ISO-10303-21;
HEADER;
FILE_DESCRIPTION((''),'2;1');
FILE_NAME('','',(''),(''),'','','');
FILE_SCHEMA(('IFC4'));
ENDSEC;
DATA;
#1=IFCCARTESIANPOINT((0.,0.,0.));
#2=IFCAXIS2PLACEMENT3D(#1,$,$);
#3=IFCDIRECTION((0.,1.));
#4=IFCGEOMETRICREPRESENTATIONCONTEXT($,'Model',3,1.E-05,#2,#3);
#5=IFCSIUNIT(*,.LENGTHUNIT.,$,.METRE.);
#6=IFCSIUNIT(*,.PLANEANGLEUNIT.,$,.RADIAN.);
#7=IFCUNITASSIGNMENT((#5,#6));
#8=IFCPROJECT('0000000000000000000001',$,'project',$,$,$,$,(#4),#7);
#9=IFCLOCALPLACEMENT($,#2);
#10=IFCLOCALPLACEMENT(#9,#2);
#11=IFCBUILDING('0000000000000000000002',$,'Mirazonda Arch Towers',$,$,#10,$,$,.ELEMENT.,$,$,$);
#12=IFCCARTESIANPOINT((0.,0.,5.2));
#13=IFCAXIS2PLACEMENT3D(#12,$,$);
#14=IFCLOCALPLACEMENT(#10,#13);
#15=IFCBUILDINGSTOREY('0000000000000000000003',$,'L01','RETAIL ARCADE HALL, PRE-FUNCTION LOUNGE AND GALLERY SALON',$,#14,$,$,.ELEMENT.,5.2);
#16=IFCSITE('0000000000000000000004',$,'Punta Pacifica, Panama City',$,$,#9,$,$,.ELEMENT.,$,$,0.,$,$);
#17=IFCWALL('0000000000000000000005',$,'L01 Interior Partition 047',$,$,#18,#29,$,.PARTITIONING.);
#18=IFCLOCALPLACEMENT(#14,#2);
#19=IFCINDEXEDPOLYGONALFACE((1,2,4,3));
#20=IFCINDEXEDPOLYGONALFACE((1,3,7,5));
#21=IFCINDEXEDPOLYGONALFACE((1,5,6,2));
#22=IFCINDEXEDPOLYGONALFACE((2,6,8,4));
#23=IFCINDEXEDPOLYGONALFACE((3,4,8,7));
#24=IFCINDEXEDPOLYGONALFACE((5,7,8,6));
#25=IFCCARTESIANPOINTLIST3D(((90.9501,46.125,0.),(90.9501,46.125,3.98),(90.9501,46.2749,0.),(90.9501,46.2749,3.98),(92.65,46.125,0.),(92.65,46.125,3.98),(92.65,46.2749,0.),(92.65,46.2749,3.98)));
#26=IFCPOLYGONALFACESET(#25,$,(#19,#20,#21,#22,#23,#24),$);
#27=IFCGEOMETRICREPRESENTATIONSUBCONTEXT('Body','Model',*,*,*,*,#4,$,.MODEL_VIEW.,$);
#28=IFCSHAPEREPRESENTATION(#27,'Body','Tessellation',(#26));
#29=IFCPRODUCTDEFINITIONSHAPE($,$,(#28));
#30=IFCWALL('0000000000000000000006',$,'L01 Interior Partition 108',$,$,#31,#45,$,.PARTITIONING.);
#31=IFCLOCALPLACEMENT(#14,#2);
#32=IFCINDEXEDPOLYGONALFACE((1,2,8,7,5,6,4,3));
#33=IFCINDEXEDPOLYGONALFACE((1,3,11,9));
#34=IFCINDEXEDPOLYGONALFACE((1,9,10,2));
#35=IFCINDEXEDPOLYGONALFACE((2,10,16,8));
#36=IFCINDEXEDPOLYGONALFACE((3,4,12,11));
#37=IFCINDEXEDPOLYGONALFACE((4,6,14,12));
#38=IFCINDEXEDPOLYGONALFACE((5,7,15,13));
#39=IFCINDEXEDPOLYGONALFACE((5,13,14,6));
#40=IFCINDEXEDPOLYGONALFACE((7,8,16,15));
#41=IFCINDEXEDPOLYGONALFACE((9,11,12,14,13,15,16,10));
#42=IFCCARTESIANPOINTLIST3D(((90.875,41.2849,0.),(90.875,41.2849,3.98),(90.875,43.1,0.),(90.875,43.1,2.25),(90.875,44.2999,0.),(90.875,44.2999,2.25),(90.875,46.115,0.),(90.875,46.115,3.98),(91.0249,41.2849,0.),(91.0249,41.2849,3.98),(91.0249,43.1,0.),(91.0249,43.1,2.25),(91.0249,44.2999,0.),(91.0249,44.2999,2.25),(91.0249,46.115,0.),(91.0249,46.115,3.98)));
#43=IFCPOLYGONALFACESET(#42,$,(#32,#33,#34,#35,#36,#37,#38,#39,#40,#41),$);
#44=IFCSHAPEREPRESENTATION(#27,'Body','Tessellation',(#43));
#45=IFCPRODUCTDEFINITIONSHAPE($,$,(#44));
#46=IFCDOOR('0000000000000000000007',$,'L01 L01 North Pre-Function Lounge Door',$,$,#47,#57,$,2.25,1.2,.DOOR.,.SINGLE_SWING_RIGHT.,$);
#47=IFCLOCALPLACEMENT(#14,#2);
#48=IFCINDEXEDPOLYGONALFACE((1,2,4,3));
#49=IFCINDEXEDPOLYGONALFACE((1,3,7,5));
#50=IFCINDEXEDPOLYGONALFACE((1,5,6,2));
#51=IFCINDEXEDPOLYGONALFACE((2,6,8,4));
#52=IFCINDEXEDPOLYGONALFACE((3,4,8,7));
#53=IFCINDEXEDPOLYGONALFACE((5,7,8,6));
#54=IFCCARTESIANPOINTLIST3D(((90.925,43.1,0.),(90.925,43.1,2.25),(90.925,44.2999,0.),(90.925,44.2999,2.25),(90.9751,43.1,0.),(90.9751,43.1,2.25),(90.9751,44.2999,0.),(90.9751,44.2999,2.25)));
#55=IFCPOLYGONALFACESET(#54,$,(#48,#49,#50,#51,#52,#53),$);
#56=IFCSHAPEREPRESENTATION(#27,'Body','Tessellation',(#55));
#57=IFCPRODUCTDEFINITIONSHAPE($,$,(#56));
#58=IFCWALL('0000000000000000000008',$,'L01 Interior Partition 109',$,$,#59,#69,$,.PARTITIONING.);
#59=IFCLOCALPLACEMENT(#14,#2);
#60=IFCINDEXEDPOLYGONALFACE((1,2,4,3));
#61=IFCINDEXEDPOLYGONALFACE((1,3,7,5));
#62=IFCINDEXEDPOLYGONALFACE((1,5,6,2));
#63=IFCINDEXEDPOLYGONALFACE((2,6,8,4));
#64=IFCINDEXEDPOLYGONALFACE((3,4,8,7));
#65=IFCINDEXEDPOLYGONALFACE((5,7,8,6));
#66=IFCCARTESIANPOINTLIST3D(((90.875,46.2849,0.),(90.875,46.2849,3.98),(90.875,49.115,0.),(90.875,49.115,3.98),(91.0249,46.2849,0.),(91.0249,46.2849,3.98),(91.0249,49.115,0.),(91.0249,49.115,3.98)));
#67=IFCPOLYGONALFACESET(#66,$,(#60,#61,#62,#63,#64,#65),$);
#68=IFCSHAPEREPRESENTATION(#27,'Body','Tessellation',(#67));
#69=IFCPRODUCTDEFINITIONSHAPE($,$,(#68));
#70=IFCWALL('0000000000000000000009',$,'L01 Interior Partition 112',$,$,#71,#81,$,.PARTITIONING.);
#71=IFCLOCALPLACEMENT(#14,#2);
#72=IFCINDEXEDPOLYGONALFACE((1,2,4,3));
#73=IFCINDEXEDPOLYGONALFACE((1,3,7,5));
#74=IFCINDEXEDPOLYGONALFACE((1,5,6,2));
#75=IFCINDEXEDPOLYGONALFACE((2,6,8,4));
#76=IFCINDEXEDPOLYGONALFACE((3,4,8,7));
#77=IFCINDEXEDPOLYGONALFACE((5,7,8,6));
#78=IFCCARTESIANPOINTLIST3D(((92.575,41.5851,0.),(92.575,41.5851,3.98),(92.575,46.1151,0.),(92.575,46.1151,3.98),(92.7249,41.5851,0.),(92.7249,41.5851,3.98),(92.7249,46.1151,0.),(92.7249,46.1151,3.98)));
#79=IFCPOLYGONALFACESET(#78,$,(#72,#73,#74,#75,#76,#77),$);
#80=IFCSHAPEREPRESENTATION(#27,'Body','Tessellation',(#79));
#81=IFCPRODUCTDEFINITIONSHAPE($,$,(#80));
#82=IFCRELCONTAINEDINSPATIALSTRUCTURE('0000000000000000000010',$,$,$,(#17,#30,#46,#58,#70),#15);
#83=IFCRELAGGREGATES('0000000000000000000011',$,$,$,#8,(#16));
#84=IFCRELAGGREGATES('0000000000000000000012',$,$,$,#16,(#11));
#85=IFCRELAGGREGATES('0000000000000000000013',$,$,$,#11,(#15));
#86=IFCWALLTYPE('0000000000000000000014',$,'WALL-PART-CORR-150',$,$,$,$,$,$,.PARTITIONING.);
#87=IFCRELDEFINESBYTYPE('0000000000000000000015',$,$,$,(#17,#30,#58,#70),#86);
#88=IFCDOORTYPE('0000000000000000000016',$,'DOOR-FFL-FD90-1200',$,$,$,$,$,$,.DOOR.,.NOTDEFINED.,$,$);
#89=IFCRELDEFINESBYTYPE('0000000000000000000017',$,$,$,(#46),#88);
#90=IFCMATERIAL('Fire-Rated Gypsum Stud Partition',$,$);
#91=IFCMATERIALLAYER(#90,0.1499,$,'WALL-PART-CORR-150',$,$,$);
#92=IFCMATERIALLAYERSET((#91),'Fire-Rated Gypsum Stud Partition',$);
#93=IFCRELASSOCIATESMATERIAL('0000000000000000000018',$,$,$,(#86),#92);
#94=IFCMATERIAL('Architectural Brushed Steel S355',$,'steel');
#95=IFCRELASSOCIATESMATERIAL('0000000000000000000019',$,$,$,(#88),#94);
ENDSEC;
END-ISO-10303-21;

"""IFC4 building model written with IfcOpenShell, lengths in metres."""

from ifc_helpers import new_model, si_unit, direction, frame, frame_2d, origin, place, context, subcontext, project, spatial, rectangle, extrude, material, layer, layer_set, type_object, element, fill, save


model = new_model("IFC4")

# Units and contexts
model_context = context("Model", 3, precision=1e-05, world=origin(), true_north=direction((0.0, 1.0)))
body_context = subcontext(model_context, "Body", "Model", "MODEL_VIEW")
ifc_project = project(units=[si_unit("LENGTHUNIT", "METRE"), si_unit("PLANEANGLEUNIT", "RADIAN")], contexts=[model_context])

# Site, building, storey
site_placement = place(None, origin())
site = spatial("IfcSite", under=ifc_project, at=site_placement, Name="Punta Pacifica, Panama City", CompositionType="ELEMENT", RefElevation=0.0)
building_placement = place(site_placement, origin())
building = spatial("IfcBuilding", under=site, at=building_placement, Name="Mirazonda Arch Towers", CompositionType="ELEMENT")
storey_placement = place(building_placement, frame((0.0, 0.0, 5.2)))
storey = spatial("IfcBuildingStorey", under=building, at=storey_placement, Name="L01", Description="RETAIL ARCADE HALL, PRE-FUNCTION LOUNGE AND GALLERY SALON", CompositionType="ELEMENT", Elevation=5.2)

# Wall
ifc_material_1 = material(Name="Fire-Rated Gypsum Stud Partition")
ifc_layer_1 = layer(ifc_material_1, 0.1499, Name="WALL-PART-CORR-150")
ifc_layer_set_1 = layer_set([ifc_layer_1], Name="Fire-Rated Gypsum Stud Partition")
wall_type = type_object("IfcWallType", Name="WALL-PART-CORR-150", PredefinedType="PARTITIONING", material=ifc_layer_set_1)
wall_1_placement = place(storey_placement, frame((90.95, 46.2, 0.0), z_axis=(0.0, 0.0, 1.0), x_axis=(1.0, 0.0, 0.0)))
element("IfcWall", 1, at=wall_1_placement, inside=storey, type_object=wall_type, Name="L01 Interior Partition 047", PredefinedType="PARTITIONING", context=body_context, shape_type="SweptSolid", body=[
    extrude(rectangle(XDim=1.7, YDim=0.1499, at=frame_2d((0.8501, 0.0))), origin(), (0.0, 0.0, 1.0), 3.98),
])

# Wall, opening, door
wall_2_placement = place(storey_placement, frame((90.95, 41.2849, 0.0), z_axis=(0.0, 0.0, 1.0), x_axis=(0.0, 1.0, 0.0)))
wall_2 = element("IfcWall", 2, at=wall_2_placement, inside=storey, type_object=wall_type, Name="L01 Interior Partition 108", PredefinedType="PARTITIONING", context=body_context, shape_type="SweptSolid", body=[
    extrude(rectangle(XDim=4.8301, YDim=0.1499, at=frame_2d((2.415, 0.0))), origin(), (0.0, 0.0, 1.0), 3.98),
])
opening_placement = place(wall_2_placement, frame((1.8149, 0.0, 0.0)))
opening = element("IfcOpeningElement", 3, at=opening_placement, cuts=wall_2, PredefinedType="OPENING", context=body_context, shape_type="SweptSolid", body=[
    extrude(rectangle(XDim=1.2, YDim=2.25, at=frame_2d((0.6001, 1.125))), frame((0.0, 0.085, 0.0), z_axis=(0.0, -1.0, 0.0), x_axis=(1.0, 0.0, 0.0)), (0.0, 0.0, 1.0), 0.1699),
])
ifc_material_2 = material(Name="Architectural Brushed Steel S355", Category="steel")
door_type = type_object("IfcDoorType", Name="DOOR-FFL-FD90-1200", OperationType="NOTDEFINED", PredefinedType="DOOR", material=ifc_material_2)
door_placement = place(opening_placement, origin())
door = element("IfcDoor", 4, at=door_placement, inside=storey, type_object=door_type, Name="L01 L01 North Pre-Function Lounge Door", OperationType="SINGLE_SWING_RIGHT", OverallHeight=2.25, OverallWidth=1.2, PredefinedType="DOOR", context=body_context, shape_type="SweptSolid", body=[
    extrude(rectangle(XDim=1.2, YDim=2.25, at=frame_2d((0.6001, 1.125))), frame((0.0, 0.0249, 0.0), z_axis=(0.0, -1.0, 0.0), x_axis=(1.0, 0.0, 0.0)), (0.0, 0.0, 1.0), 0.05),
])
fill(opening, door)

# Walls
wall_3_placement = place(storey_placement, frame((90.95, 46.2849, 0.0), z_axis=(0.0, 0.0, 1.0), x_axis=(0.0, 1.0, 0.0)))
element("IfcWall", 5, at=wall_3_placement, inside=storey, type_object=wall_type, Name="L01 Interior Partition 109", PredefinedType="PARTITIONING", context=body_context, shape_type="SweptSolid", body=[
    extrude(rectangle(XDim=2.8301, YDim=0.1499, at=frame_2d((1.415, 0.0))), origin(), (0.0, 0.0, 1.0), 3.98),
])
wall_4_placement = place(storey_placement, frame((92.6499, 41.585, 0.0), z_axis=(0.0, 0.0, 1.0), x_axis=(0.0, 1.0, 0.0)))
element("IfcWall", 6, at=wall_4_placement, inside=storey, type_object=wall_type, Name="L01 Interior Partition 112", PredefinedType="PARTITIONING", context=body_context, shape_type="SweptSolid", body=[
    extrude(rectangle(XDim=4.53, YDim=0.1499, at=frame_2d((2.2651, 0.0))), origin(), (0.0, 0.0, 1.0), 3.98),
])

save(model, "model.ifc")
